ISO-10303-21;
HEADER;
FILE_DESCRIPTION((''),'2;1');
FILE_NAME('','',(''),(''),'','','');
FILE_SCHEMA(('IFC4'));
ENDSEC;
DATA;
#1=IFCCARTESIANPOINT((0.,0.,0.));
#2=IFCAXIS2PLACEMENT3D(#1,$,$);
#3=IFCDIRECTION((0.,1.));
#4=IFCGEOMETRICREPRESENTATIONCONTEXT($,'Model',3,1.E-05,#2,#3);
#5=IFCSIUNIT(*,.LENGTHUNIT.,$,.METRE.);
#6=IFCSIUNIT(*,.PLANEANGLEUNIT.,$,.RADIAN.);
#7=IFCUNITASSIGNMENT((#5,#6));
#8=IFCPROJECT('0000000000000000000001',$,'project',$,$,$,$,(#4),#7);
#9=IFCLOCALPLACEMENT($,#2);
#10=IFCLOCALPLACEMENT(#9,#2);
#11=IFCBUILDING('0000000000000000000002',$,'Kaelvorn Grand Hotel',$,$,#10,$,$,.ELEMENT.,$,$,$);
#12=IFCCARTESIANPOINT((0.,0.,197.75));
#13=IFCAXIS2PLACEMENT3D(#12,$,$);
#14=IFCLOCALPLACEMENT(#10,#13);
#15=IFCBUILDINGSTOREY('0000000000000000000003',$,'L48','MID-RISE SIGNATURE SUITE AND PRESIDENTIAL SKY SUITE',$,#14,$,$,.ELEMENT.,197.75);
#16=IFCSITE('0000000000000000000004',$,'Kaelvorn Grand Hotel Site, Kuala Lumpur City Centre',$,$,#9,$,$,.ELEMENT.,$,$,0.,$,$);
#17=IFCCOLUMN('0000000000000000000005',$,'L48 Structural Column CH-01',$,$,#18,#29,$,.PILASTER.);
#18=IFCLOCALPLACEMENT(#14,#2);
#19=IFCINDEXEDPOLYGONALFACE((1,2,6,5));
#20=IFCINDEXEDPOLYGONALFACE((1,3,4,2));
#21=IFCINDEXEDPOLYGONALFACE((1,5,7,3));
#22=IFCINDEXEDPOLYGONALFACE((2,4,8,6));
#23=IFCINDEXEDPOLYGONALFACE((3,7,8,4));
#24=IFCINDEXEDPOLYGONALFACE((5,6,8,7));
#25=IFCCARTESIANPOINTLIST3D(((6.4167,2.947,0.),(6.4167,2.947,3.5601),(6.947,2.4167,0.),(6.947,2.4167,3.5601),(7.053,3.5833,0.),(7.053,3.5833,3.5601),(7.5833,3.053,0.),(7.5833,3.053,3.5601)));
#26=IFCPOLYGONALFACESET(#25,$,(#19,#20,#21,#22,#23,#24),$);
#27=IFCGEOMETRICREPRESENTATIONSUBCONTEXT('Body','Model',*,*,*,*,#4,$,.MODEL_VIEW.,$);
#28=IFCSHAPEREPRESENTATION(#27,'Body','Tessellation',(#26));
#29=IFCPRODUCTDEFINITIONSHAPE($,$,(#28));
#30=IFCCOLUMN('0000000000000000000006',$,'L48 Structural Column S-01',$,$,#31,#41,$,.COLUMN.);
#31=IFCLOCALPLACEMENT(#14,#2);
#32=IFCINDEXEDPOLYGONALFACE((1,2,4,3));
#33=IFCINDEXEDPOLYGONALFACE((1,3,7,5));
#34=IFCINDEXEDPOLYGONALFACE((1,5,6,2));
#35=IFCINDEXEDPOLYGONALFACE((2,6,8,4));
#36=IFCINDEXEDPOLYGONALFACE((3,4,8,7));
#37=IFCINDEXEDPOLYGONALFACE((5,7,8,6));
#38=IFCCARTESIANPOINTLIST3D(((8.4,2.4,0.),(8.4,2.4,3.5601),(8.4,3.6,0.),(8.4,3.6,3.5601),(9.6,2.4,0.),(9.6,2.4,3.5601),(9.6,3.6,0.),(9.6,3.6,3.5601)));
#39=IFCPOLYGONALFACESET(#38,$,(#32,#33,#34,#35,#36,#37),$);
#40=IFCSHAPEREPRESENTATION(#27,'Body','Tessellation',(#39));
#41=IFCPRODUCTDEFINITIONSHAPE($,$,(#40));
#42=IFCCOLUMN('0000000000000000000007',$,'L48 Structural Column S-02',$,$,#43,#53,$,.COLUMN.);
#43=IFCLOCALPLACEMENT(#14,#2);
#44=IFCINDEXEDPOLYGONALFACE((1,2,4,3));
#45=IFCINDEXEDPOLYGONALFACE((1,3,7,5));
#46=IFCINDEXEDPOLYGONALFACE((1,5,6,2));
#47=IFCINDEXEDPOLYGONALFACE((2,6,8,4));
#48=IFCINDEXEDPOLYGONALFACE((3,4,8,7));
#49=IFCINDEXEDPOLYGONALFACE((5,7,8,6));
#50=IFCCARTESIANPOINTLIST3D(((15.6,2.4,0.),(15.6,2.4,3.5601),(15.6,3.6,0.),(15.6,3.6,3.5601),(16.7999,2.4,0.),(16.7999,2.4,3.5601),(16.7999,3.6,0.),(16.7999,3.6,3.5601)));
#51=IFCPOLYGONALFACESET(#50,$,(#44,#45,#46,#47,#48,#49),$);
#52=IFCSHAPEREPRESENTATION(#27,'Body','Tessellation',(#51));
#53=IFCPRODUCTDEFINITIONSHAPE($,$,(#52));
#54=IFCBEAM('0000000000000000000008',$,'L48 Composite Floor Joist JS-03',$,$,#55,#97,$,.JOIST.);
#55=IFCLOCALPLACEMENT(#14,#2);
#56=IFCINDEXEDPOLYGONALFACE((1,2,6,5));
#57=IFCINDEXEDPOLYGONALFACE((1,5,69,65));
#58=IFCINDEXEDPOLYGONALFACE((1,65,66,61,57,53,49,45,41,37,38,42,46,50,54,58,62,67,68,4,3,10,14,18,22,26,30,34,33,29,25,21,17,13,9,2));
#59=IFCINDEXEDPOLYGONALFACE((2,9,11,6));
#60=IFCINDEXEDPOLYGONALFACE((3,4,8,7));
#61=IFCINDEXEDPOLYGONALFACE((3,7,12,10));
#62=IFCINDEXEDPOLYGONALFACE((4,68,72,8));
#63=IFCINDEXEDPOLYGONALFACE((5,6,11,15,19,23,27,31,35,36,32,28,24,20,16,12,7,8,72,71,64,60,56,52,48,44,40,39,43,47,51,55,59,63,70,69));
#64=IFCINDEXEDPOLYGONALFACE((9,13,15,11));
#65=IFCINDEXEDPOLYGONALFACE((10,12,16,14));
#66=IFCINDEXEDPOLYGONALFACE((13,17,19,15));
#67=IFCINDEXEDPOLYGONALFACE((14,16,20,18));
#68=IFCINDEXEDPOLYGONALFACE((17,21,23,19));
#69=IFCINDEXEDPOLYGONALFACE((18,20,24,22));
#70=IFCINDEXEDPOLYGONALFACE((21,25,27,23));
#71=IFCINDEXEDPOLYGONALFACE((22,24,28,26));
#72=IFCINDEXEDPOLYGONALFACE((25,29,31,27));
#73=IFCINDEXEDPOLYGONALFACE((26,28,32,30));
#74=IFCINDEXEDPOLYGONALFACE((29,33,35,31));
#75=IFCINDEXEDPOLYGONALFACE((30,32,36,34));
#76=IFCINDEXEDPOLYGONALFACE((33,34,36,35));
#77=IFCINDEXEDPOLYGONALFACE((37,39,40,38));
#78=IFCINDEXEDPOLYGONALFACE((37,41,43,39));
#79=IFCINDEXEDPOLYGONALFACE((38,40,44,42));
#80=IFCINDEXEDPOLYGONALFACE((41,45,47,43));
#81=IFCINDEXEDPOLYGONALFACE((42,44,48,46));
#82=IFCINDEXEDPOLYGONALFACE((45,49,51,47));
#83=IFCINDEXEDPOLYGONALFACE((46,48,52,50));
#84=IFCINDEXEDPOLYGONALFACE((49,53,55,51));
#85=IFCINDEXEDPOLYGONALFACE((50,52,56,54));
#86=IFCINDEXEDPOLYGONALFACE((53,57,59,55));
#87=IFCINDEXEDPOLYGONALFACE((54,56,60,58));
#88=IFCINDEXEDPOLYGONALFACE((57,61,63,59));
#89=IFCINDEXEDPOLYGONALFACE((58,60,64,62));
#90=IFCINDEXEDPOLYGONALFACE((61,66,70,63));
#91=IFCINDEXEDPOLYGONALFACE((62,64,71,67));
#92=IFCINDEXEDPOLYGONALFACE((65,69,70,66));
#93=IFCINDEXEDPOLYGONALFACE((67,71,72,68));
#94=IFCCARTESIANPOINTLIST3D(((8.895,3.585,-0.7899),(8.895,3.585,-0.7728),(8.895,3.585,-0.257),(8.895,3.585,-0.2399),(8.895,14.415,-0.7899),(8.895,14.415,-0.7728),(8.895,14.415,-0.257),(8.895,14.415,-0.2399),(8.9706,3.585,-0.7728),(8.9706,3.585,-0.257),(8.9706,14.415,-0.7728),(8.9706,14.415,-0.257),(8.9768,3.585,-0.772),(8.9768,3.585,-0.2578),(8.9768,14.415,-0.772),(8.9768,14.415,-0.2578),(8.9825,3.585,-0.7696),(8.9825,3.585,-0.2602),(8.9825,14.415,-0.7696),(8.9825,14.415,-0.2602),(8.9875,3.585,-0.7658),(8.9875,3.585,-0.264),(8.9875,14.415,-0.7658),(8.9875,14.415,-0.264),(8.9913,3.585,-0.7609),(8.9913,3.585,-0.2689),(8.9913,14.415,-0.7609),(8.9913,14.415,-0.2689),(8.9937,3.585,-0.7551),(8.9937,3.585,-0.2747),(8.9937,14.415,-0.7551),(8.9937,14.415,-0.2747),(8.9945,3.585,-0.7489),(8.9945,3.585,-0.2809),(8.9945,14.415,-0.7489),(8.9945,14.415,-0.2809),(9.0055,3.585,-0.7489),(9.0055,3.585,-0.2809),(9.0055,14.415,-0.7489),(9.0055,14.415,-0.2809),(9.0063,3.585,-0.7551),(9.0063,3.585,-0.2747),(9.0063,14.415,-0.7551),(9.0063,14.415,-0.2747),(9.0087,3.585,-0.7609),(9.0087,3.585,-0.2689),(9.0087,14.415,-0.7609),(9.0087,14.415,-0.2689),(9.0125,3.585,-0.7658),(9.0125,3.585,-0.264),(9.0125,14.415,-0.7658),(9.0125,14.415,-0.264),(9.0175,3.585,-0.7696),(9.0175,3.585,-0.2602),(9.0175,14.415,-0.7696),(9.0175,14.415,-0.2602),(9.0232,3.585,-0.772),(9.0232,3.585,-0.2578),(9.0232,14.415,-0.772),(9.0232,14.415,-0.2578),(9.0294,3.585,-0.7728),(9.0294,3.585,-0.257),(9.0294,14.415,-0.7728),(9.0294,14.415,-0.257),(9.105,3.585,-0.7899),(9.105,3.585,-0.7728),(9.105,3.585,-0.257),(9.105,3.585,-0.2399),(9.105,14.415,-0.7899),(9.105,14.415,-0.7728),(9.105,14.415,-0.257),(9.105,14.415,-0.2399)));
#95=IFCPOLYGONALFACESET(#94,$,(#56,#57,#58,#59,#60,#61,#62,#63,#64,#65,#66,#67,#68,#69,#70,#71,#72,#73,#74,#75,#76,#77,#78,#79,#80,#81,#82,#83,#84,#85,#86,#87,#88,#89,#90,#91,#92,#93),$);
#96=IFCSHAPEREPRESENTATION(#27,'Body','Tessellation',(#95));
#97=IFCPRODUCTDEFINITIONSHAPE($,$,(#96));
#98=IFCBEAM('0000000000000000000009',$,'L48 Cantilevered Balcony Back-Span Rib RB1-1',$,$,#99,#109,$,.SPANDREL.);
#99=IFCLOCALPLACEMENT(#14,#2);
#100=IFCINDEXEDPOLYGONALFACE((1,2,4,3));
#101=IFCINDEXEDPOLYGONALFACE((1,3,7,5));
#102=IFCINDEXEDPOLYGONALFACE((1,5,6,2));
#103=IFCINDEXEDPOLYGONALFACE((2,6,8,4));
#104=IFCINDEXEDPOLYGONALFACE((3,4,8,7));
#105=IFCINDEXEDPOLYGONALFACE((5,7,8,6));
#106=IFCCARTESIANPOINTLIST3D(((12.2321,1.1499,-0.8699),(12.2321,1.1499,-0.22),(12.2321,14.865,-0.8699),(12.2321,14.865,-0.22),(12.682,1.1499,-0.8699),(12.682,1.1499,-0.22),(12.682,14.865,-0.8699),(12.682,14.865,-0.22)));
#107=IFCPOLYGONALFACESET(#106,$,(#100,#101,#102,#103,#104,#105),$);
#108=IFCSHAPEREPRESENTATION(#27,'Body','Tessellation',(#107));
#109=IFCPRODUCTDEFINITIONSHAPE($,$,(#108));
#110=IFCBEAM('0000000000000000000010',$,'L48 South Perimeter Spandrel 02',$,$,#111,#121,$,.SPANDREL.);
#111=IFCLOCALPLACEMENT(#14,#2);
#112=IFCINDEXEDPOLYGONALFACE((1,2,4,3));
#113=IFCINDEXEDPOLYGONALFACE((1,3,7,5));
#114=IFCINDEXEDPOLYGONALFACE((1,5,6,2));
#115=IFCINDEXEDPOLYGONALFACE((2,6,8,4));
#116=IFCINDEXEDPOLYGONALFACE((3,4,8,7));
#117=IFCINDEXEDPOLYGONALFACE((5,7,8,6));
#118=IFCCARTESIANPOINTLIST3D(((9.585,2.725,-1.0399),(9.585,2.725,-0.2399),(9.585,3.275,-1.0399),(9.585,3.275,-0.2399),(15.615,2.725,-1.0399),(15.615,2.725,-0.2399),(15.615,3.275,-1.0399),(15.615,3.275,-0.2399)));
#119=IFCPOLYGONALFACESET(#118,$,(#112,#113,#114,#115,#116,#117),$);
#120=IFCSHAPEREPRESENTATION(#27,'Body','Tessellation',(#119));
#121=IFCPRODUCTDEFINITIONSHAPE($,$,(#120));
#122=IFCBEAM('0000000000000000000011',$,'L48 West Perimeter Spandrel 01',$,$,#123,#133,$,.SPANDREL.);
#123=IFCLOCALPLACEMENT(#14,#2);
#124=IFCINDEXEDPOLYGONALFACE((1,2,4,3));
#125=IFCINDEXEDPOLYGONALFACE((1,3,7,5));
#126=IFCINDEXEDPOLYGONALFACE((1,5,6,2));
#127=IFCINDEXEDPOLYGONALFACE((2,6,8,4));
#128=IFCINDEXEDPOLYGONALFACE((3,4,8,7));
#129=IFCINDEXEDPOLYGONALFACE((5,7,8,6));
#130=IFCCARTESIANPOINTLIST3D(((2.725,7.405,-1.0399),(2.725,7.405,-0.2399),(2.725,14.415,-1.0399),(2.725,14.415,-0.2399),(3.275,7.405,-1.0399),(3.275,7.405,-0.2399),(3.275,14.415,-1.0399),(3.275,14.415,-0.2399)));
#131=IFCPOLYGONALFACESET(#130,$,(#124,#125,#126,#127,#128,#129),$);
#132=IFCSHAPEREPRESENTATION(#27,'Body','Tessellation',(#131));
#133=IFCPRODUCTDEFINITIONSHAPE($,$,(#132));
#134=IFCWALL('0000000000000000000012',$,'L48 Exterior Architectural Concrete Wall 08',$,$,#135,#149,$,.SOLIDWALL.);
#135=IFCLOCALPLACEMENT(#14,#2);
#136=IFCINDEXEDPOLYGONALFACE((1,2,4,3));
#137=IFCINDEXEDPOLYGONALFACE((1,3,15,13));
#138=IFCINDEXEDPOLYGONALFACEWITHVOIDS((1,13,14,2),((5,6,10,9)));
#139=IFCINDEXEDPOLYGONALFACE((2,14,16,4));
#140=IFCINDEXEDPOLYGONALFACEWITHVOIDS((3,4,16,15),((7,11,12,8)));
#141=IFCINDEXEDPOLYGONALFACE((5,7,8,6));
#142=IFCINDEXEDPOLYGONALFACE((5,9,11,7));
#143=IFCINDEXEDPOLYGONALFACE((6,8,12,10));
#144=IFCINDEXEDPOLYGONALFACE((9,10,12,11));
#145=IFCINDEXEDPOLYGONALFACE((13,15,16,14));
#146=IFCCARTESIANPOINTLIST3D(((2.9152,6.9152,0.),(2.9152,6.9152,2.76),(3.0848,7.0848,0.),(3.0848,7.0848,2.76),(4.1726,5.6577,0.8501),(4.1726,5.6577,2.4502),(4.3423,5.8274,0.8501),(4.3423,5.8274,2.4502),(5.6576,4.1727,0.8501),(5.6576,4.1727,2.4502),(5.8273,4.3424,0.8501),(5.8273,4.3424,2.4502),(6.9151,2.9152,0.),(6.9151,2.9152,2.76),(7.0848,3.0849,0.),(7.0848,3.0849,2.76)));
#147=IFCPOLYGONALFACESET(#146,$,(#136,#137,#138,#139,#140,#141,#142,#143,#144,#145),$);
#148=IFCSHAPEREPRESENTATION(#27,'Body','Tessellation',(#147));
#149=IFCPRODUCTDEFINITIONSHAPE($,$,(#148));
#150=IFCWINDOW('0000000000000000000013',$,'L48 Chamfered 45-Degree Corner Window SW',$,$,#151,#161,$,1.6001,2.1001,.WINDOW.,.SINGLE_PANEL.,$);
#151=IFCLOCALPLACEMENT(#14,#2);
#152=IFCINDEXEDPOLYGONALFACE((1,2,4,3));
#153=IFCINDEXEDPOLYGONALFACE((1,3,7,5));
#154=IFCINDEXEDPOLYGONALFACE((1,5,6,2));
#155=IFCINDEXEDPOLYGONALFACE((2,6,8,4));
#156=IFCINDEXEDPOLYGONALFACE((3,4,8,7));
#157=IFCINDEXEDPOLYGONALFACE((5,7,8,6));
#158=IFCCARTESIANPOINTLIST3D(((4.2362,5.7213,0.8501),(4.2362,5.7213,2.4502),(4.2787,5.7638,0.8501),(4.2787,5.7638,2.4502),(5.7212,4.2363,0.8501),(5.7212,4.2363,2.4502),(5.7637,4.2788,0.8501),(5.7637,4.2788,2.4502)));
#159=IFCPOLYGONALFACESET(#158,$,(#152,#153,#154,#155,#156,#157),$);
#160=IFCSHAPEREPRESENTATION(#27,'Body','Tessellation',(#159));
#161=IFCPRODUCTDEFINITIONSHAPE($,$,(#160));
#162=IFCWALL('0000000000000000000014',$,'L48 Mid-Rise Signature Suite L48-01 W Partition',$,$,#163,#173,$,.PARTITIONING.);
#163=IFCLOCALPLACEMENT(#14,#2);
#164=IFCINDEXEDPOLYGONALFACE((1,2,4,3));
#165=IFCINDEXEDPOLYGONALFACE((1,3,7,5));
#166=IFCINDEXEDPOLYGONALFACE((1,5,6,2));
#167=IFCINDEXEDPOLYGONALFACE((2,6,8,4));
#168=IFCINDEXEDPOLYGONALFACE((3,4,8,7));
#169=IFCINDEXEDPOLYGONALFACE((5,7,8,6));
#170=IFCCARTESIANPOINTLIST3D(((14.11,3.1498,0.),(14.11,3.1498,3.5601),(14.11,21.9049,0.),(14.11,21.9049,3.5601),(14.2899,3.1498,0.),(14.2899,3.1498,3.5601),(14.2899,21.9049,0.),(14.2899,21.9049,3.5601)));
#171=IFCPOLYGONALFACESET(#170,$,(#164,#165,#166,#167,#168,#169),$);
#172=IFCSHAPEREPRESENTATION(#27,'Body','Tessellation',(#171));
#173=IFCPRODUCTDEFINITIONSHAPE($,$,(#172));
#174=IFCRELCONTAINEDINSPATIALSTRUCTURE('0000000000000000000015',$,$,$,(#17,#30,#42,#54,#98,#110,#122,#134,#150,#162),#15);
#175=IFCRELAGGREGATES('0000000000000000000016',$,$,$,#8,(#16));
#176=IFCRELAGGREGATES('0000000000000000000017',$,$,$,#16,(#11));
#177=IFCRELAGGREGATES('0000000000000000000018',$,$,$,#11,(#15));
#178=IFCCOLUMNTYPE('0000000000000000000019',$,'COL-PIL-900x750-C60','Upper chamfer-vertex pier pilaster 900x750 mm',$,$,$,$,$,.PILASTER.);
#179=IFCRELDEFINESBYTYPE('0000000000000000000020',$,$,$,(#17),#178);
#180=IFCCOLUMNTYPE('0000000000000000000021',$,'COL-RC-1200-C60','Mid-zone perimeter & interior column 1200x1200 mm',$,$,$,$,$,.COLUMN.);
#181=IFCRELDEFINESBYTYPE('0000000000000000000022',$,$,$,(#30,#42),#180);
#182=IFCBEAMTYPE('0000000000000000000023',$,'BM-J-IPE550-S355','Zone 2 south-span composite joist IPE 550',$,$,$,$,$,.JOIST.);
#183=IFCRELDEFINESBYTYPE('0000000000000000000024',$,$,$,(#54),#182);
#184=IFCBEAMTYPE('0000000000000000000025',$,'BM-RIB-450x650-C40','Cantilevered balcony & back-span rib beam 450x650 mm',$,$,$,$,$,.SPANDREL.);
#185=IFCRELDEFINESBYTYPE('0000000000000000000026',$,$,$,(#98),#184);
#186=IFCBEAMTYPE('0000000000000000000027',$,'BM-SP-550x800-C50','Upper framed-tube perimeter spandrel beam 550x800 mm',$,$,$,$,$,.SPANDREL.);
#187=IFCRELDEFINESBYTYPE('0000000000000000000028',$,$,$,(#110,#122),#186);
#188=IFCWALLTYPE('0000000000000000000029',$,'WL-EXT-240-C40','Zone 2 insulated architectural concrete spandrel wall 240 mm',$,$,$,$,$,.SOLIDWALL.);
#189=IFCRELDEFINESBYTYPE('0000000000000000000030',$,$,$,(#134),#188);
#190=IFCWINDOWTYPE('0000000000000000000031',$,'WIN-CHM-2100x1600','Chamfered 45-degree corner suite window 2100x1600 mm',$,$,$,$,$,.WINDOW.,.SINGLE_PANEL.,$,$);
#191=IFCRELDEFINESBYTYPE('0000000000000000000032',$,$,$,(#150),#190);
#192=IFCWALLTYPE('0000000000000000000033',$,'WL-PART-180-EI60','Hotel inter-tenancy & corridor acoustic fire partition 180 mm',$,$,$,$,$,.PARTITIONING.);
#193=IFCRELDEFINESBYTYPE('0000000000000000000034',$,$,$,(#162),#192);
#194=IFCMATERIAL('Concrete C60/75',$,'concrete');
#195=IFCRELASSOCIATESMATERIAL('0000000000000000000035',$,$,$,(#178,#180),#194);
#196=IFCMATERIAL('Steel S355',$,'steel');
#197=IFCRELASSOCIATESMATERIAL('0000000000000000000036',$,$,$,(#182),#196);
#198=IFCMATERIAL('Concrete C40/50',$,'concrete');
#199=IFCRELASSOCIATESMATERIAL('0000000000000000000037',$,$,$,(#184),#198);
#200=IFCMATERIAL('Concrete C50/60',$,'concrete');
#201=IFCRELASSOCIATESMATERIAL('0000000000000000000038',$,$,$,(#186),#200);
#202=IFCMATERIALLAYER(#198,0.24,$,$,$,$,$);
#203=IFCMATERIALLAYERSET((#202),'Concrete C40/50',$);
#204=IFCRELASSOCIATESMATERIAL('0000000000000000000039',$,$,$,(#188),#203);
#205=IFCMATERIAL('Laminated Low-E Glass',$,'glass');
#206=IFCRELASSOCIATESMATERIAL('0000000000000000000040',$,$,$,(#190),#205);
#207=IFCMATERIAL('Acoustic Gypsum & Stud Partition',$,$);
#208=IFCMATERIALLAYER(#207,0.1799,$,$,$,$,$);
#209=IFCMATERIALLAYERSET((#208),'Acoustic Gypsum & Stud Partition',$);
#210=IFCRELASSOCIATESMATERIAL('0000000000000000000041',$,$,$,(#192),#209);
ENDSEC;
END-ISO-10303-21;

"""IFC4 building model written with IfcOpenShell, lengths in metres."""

from ifc_helpers import new_model, si_unit, direction, frame, frame_2d, origin, origin_2d, place, context, subcontext, project, spatial, rectangle, i_section, extrude, material, layer, layer_set, material_profile, profile_set, type_object, element, fill, save


model = new_model("IFC4")

# Units and contexts
model_context = context("Model", 3, precision=1e-05, world=origin(), true_north=direction((0.0, 1.0)))
body_context = subcontext(model_context, "Body", "Model", "MODEL_VIEW")
ifc_project = project(units=[si_unit("LENGTHUNIT", "METRE"), si_unit("PLANEANGLEUNIT", "RADIAN")], contexts=[model_context])

# Site, building, storey
site_placement = place(None, origin())
site = spatial("IfcSite", under=ifc_project, at=site_placement, Name="Kaelvorn Grand Hotel Site, Kuala Lumpur City Centre", CompositionType="ELEMENT", RefElevation=0.0)
building_placement = place(site_placement, origin())
building = spatial("IfcBuilding", under=site, at=building_placement, Name="Kaelvorn Grand Hotel", CompositionType="ELEMENT")
storey_placement = place(building_placement, frame((0.0, 0.0, 197.75)))
storey = spatial("IfcBuildingStorey", under=building, at=storey_placement, Name="L48", Description="MID-RISE SIGNATURE SUITE AND PRESIDENTIAL SKY SUITE", CompositionType="ELEMENT", Elevation=197.75)

# Columns
ifc_material_1 = material(Name="Concrete C60/75", Category="concrete")
ifc_material_profile_1 = material_profile(ifc_material_1, rectangle(XDim=0.8999, YDim=0.75, at=origin_2d()), Name="RC PILASTER 900x750")
ifc_profile_set_1 = profile_set([ifc_material_profile_1], Name="Concrete C60/75")
column_type_1 = type_object("IfcColumnType", Name="COL-PIL-900x750-C60", Description="Upper chamfer-vertex pier pilaster 900x750 mm", PredefinedType="PILASTER", material=ifc_profile_set_1)
column_placement = place(storey_placement, frame((7.0, 3.0, 0.0), z_axis=(0.0, 0.0, 1.0), x_axis=(0.707107, 0.707107, 0.0)))
element("IfcColumn", 1, at=column_placement, inside=storey, type_object=column_type_1, Name="L48 Structural Column CH-01", PredefinedType="PILASTER", context=body_context, shape_type="SweptSolid", body=[
    extrude(rectangle(XDim=0.8999, YDim=0.75, at=origin_2d()), origin(), (0.0, 0.0, 1.0), 3.5601),
])
ifc_material_profile_2 = material_profile(ifc_material_1, rectangle(XDim=1.2, YDim=1.2, at=origin_2d()), Name="RC COL 1200x1200")
ifc_profile_set_2 = profile_set([ifc_material_profile_2], Name="Concrete C60/75")
column_type_2 = type_object("IfcColumnType", Name="COL-RC-1200-C60", Description="Mid-zone perimeter & interior column 1200x1200 mm", PredefinedType="COLUMN", material=ifc_profile_set_2)
for number, where, z_axis, x_axis, name in (
    (2, (9.0, 3.0, 0.0), (0.0, 0.0, 1.0), (1.0, 0.0, 0.0), "L48 Structural Column S-01"),
    (3, (16.2, 3.0, 0.0), (0.0, 0.0, 1.0), (1.0, 0.0, 0.0), "L48 Structural Column S-02"),
):
    element("IfcColumn", number, at=place(storey_placement, frame(where, z_axis=z_axis, x_axis=x_axis)), inside=storey, type_object=column_type_2, Name=name, PredefinedType="COLUMN", context=body_context, shape_type="SweptSolid", body=[
        extrude(rectangle(XDim=1.2, YDim=1.2, at=origin_2d()), origin(), (0.0, 0.0, 1.0), 3.5601),
    ])

# Beams
ifc_material_2 = material(Name="Steel S355", Category="steel")
ifc_material_profile_3 = material_profile(ifc_material_2, i_section(OverallWidth=0.21, OverallDepth=0.55, WebThickness=0.011, FlangeThickness=0.0171, FilletRadius=0.0239, at=origin_2d()), Name="IPE 550")
ifc_profile_set_3 = profile_set([ifc_material_profile_3], Name="Steel S355")
beam_type_1 = type_object("IfcBeamType", Name="BM-J-IPE550-S355", Description="Zone 2 south-span composite joist IPE 550", PredefinedType="JOIST", material=ifc_profile_set_3)
beam_1_placement = place(storey_placement, frame((9.0, 3.585, -0.5149), z_axis=(0.0, 1.0, 0.0), x_axis=(-1.0, 0.0, 0.0)))
element("IfcBeam", 4, at=beam_1_placement, inside=storey, type_object=beam_type_1, Name="L48 Composite Floor Joist JS-03", PredefinedType="JOIST", context=body_context, shape_type="SweptSolid", body=[
    extrude(i_section(OverallWidth=0.21, OverallDepth=0.55, WebThickness=0.011, FlangeThickness=0.0171, FilletRadius=0.0239, at=origin_2d()), origin(), (0.0, 0.0, 1.0), 10.8301),
])
ifc_material_3 = material(Name="Concrete C40/50", Category="concrete")
ifc_material_profile_4 = material_profile(ifc_material_3, rectangle(XDim=0.45, YDim=0.6499, at=origin_2d()), Name="RC RIB 450x650")
ifc_profile_set_4 = profile_set([ifc_material_profile_4], Name="Concrete C40/50")
beam_type_2 = type_object("IfcBeamType", Name="BM-RIB-450x650-C40", Description="Cantilevered balcony & back-span rib beam 450x650 mm", PredefinedType="SPANDREL", material=ifc_profile_set_4)
beam_2_placement = place(storey_placement, frame((12.457, 1.1499, -0.5449), z_axis=(0.0, 1.0, 0.0), x_axis=(-1.0, 0.0, 0.0)))
element("IfcBeam", 5, at=beam_2_placement, inside=storey, type_object=beam_type_2, Name="L48 Cantilevered Balcony Back-Span Rib RB1-1", PredefinedType="SPANDREL", context=body_context, shape_type="SweptSolid", body=[
    extrude(rectangle(XDim=0.45, YDim=0.6499, at=origin_2d()), origin(), (0.0, 0.0, 1.0), 13.7151),
])
ifc_material_4 = material(Name="Concrete C50/60", Category="concrete")
ifc_material_profile_5 = material_profile(ifc_material_4, rectangle(XDim=0.55, YDim=0.8, at=origin_2d()), Name="RC SPANDREL 550x800")
ifc_profile_set_5 = profile_set([ifc_material_profile_5], Name="Concrete C50/60")
beam_type_3 = type_object("IfcBeamType", Name="BM-SP-550x800-C50", Description="Upper framed-tube perimeter spandrel beam 550x800 mm", PredefinedType="SPANDREL", material=ifc_profile_set_5)
beam_3_placement = place(storey_placement, frame((9.585, 3.0, -0.6399), z_axis=(1.0, 0.0, 0.0), x_axis=(0.0, 1.0, 0.0)))
element("IfcBeam", 6, at=beam_3_placement, inside=storey, type_object=beam_type_3, Name="L48 South Perimeter Spandrel 02", PredefinedType="SPANDREL", context=body_context, shape_type="SweptSolid", body=[
    extrude(rectangle(XDim=0.55, YDim=0.8, at=origin_2d()), origin(), (0.0, 0.0, 1.0), 6.03),
])
beam_4_placement = place(storey_placement, frame((3.0, 7.405, -0.6399), z_axis=(0.0, 1.0, 0.0), x_axis=(-1.0, 0.0, 0.0)))
element("IfcBeam", 7, at=beam_4_placement, inside=storey, type_object=beam_type_3, Name="L48 West Perimeter Spandrel 01", PredefinedType="SPANDREL", context=body_context, shape_type="SweptSolid", body=[
    extrude(rectangle(XDim=0.55, YDim=0.8, at=origin_2d()), origin(), (0.0, 0.0, 1.0), 7.01),
])

# Shared definitions
ifc_layer_1 = layer(ifc_material_3, 0.24)
ifc_layer_set_1 = layer_set([ifc_layer_1], Name="Concrete C40/50")
wall_type_1 = type_object("IfcWallType", Name="WL-EXT-240-C40", Description="Zone 2 insulated architectural concrete spandrel wall 240 mm", PredefinedType="SOLIDWALL", material=ifc_layer_set_1)
ifc_material_5 = material(Name="Laminated Low-E Glass", Category="glass")

# Wall, opening, window
wall_1_placement = place(storey_placement, frame((3.0, 7.0, 0.0), z_axis=(0.0, 0.0, 1.0), x_axis=(0.707107, -0.707107, 0.0)))
wall_1 = element("IfcWall", 8, at=wall_1_placement, inside=storey, type_object=wall_type_1, Name="L48 Exterior Architectural Concrete Wall 08", PredefinedType="SOLIDWALL", context=body_context, shape_type="SweptSolid", body=[
    extrude(rectangle(XDim=5.6567, YDim=0.24, at=frame_2d((2.8284, 0.0))), origin(), (0.0, 0.0, 1.0), 2.76),
])
opening_1_placement = place(wall_1_placement, frame((1.7783, 0.0, 0.8501)))
opening_1 = element("IfcOpeningElement", 9, at=opening_1_placement, cuts=wall_1, PredefinedType="OPENING", context=body_context, shape_type="SweptSolid", body=[
    extrude(rectangle(XDim=2.1001, YDim=1.6001, at=frame_2d((1.05, 0.8))), frame((0.0, 0.1299, 0.0), z_axis=(0.0, -1.0, 0.0), x_axis=(1.0, 0.0, 0.0)), (0.0, 0.0, 1.0), 0.26),
])
window_type_1 = type_object("IfcWindowType", Name="WIN-CHM-2100x1600", Description="Chamfered 45-degree corner suite window 2100x1600 mm", PartitioningType="SINGLE_PANEL", PredefinedType="WINDOW", material=ifc_material_5)
window_1_placement = place(opening_1_placement, origin())
window_1 = element("IfcWindow", 10, at=window_1_placement, inside=storey, type_object=window_type_1, Name="L48 Chamfered 45-Degree Corner Window SW", OverallHeight=1.6001, OverallWidth=2.1001, PartitioningType="SINGLE_PANEL", PredefinedType="WINDOW", context=body_context, shape_type="SweptSolid", body=[
    extrude(rectangle(XDim=2.1001, YDim=1.6001, at=frame_2d((1.05, 0.8))), frame((0.0, 0.03, 0.0), z_axis=(0.0, -1.0, 0.0), x_axis=(1.0, 0.0, 0.0)), (0.0, 0.0, 1.0), 0.0601),
])
fill(opening_1, window_1)

# Wall
ifc_material_6 = material(Name="Acoustic Gypsum & Stud Partition")
ifc_layer_2 = layer(ifc_material_6, 0.1799)
ifc_layer_set_2 = layer_set([ifc_layer_2], Name="Acoustic Gypsum & Stud Partition")
wall_type_2 = type_object("IfcWallType", Name="WL-PART-180-EI60", Description="Hotel inter-tenancy & corridor acoustic fire partition 180 mm", PredefinedType="PARTITIONING", material=ifc_layer_set_2)
wall_2_placement = place(storey_placement, frame((14.2, 3.1499, 0.0), z_axis=(0.0, 0.0, 1.0), x_axis=(0.0, 1.0, 0.0)))
element("IfcWall", 11, at=wall_2_placement, inside=storey, type_object=wall_type_2, Name="L48 Mid-Rise Signature Suite L48-01 W Partition", PredefinedType="PARTITIONING", context=body_context, shape_type="SweptSolid", body=[
    extrude(rectangle(XDim=18.7551, YDim=0.1799, at=frame_2d((9.3774, 0.0))), origin(), (0.0, 0.0, 1.0), 3.5601),
])

save(model, "model.ifc")
